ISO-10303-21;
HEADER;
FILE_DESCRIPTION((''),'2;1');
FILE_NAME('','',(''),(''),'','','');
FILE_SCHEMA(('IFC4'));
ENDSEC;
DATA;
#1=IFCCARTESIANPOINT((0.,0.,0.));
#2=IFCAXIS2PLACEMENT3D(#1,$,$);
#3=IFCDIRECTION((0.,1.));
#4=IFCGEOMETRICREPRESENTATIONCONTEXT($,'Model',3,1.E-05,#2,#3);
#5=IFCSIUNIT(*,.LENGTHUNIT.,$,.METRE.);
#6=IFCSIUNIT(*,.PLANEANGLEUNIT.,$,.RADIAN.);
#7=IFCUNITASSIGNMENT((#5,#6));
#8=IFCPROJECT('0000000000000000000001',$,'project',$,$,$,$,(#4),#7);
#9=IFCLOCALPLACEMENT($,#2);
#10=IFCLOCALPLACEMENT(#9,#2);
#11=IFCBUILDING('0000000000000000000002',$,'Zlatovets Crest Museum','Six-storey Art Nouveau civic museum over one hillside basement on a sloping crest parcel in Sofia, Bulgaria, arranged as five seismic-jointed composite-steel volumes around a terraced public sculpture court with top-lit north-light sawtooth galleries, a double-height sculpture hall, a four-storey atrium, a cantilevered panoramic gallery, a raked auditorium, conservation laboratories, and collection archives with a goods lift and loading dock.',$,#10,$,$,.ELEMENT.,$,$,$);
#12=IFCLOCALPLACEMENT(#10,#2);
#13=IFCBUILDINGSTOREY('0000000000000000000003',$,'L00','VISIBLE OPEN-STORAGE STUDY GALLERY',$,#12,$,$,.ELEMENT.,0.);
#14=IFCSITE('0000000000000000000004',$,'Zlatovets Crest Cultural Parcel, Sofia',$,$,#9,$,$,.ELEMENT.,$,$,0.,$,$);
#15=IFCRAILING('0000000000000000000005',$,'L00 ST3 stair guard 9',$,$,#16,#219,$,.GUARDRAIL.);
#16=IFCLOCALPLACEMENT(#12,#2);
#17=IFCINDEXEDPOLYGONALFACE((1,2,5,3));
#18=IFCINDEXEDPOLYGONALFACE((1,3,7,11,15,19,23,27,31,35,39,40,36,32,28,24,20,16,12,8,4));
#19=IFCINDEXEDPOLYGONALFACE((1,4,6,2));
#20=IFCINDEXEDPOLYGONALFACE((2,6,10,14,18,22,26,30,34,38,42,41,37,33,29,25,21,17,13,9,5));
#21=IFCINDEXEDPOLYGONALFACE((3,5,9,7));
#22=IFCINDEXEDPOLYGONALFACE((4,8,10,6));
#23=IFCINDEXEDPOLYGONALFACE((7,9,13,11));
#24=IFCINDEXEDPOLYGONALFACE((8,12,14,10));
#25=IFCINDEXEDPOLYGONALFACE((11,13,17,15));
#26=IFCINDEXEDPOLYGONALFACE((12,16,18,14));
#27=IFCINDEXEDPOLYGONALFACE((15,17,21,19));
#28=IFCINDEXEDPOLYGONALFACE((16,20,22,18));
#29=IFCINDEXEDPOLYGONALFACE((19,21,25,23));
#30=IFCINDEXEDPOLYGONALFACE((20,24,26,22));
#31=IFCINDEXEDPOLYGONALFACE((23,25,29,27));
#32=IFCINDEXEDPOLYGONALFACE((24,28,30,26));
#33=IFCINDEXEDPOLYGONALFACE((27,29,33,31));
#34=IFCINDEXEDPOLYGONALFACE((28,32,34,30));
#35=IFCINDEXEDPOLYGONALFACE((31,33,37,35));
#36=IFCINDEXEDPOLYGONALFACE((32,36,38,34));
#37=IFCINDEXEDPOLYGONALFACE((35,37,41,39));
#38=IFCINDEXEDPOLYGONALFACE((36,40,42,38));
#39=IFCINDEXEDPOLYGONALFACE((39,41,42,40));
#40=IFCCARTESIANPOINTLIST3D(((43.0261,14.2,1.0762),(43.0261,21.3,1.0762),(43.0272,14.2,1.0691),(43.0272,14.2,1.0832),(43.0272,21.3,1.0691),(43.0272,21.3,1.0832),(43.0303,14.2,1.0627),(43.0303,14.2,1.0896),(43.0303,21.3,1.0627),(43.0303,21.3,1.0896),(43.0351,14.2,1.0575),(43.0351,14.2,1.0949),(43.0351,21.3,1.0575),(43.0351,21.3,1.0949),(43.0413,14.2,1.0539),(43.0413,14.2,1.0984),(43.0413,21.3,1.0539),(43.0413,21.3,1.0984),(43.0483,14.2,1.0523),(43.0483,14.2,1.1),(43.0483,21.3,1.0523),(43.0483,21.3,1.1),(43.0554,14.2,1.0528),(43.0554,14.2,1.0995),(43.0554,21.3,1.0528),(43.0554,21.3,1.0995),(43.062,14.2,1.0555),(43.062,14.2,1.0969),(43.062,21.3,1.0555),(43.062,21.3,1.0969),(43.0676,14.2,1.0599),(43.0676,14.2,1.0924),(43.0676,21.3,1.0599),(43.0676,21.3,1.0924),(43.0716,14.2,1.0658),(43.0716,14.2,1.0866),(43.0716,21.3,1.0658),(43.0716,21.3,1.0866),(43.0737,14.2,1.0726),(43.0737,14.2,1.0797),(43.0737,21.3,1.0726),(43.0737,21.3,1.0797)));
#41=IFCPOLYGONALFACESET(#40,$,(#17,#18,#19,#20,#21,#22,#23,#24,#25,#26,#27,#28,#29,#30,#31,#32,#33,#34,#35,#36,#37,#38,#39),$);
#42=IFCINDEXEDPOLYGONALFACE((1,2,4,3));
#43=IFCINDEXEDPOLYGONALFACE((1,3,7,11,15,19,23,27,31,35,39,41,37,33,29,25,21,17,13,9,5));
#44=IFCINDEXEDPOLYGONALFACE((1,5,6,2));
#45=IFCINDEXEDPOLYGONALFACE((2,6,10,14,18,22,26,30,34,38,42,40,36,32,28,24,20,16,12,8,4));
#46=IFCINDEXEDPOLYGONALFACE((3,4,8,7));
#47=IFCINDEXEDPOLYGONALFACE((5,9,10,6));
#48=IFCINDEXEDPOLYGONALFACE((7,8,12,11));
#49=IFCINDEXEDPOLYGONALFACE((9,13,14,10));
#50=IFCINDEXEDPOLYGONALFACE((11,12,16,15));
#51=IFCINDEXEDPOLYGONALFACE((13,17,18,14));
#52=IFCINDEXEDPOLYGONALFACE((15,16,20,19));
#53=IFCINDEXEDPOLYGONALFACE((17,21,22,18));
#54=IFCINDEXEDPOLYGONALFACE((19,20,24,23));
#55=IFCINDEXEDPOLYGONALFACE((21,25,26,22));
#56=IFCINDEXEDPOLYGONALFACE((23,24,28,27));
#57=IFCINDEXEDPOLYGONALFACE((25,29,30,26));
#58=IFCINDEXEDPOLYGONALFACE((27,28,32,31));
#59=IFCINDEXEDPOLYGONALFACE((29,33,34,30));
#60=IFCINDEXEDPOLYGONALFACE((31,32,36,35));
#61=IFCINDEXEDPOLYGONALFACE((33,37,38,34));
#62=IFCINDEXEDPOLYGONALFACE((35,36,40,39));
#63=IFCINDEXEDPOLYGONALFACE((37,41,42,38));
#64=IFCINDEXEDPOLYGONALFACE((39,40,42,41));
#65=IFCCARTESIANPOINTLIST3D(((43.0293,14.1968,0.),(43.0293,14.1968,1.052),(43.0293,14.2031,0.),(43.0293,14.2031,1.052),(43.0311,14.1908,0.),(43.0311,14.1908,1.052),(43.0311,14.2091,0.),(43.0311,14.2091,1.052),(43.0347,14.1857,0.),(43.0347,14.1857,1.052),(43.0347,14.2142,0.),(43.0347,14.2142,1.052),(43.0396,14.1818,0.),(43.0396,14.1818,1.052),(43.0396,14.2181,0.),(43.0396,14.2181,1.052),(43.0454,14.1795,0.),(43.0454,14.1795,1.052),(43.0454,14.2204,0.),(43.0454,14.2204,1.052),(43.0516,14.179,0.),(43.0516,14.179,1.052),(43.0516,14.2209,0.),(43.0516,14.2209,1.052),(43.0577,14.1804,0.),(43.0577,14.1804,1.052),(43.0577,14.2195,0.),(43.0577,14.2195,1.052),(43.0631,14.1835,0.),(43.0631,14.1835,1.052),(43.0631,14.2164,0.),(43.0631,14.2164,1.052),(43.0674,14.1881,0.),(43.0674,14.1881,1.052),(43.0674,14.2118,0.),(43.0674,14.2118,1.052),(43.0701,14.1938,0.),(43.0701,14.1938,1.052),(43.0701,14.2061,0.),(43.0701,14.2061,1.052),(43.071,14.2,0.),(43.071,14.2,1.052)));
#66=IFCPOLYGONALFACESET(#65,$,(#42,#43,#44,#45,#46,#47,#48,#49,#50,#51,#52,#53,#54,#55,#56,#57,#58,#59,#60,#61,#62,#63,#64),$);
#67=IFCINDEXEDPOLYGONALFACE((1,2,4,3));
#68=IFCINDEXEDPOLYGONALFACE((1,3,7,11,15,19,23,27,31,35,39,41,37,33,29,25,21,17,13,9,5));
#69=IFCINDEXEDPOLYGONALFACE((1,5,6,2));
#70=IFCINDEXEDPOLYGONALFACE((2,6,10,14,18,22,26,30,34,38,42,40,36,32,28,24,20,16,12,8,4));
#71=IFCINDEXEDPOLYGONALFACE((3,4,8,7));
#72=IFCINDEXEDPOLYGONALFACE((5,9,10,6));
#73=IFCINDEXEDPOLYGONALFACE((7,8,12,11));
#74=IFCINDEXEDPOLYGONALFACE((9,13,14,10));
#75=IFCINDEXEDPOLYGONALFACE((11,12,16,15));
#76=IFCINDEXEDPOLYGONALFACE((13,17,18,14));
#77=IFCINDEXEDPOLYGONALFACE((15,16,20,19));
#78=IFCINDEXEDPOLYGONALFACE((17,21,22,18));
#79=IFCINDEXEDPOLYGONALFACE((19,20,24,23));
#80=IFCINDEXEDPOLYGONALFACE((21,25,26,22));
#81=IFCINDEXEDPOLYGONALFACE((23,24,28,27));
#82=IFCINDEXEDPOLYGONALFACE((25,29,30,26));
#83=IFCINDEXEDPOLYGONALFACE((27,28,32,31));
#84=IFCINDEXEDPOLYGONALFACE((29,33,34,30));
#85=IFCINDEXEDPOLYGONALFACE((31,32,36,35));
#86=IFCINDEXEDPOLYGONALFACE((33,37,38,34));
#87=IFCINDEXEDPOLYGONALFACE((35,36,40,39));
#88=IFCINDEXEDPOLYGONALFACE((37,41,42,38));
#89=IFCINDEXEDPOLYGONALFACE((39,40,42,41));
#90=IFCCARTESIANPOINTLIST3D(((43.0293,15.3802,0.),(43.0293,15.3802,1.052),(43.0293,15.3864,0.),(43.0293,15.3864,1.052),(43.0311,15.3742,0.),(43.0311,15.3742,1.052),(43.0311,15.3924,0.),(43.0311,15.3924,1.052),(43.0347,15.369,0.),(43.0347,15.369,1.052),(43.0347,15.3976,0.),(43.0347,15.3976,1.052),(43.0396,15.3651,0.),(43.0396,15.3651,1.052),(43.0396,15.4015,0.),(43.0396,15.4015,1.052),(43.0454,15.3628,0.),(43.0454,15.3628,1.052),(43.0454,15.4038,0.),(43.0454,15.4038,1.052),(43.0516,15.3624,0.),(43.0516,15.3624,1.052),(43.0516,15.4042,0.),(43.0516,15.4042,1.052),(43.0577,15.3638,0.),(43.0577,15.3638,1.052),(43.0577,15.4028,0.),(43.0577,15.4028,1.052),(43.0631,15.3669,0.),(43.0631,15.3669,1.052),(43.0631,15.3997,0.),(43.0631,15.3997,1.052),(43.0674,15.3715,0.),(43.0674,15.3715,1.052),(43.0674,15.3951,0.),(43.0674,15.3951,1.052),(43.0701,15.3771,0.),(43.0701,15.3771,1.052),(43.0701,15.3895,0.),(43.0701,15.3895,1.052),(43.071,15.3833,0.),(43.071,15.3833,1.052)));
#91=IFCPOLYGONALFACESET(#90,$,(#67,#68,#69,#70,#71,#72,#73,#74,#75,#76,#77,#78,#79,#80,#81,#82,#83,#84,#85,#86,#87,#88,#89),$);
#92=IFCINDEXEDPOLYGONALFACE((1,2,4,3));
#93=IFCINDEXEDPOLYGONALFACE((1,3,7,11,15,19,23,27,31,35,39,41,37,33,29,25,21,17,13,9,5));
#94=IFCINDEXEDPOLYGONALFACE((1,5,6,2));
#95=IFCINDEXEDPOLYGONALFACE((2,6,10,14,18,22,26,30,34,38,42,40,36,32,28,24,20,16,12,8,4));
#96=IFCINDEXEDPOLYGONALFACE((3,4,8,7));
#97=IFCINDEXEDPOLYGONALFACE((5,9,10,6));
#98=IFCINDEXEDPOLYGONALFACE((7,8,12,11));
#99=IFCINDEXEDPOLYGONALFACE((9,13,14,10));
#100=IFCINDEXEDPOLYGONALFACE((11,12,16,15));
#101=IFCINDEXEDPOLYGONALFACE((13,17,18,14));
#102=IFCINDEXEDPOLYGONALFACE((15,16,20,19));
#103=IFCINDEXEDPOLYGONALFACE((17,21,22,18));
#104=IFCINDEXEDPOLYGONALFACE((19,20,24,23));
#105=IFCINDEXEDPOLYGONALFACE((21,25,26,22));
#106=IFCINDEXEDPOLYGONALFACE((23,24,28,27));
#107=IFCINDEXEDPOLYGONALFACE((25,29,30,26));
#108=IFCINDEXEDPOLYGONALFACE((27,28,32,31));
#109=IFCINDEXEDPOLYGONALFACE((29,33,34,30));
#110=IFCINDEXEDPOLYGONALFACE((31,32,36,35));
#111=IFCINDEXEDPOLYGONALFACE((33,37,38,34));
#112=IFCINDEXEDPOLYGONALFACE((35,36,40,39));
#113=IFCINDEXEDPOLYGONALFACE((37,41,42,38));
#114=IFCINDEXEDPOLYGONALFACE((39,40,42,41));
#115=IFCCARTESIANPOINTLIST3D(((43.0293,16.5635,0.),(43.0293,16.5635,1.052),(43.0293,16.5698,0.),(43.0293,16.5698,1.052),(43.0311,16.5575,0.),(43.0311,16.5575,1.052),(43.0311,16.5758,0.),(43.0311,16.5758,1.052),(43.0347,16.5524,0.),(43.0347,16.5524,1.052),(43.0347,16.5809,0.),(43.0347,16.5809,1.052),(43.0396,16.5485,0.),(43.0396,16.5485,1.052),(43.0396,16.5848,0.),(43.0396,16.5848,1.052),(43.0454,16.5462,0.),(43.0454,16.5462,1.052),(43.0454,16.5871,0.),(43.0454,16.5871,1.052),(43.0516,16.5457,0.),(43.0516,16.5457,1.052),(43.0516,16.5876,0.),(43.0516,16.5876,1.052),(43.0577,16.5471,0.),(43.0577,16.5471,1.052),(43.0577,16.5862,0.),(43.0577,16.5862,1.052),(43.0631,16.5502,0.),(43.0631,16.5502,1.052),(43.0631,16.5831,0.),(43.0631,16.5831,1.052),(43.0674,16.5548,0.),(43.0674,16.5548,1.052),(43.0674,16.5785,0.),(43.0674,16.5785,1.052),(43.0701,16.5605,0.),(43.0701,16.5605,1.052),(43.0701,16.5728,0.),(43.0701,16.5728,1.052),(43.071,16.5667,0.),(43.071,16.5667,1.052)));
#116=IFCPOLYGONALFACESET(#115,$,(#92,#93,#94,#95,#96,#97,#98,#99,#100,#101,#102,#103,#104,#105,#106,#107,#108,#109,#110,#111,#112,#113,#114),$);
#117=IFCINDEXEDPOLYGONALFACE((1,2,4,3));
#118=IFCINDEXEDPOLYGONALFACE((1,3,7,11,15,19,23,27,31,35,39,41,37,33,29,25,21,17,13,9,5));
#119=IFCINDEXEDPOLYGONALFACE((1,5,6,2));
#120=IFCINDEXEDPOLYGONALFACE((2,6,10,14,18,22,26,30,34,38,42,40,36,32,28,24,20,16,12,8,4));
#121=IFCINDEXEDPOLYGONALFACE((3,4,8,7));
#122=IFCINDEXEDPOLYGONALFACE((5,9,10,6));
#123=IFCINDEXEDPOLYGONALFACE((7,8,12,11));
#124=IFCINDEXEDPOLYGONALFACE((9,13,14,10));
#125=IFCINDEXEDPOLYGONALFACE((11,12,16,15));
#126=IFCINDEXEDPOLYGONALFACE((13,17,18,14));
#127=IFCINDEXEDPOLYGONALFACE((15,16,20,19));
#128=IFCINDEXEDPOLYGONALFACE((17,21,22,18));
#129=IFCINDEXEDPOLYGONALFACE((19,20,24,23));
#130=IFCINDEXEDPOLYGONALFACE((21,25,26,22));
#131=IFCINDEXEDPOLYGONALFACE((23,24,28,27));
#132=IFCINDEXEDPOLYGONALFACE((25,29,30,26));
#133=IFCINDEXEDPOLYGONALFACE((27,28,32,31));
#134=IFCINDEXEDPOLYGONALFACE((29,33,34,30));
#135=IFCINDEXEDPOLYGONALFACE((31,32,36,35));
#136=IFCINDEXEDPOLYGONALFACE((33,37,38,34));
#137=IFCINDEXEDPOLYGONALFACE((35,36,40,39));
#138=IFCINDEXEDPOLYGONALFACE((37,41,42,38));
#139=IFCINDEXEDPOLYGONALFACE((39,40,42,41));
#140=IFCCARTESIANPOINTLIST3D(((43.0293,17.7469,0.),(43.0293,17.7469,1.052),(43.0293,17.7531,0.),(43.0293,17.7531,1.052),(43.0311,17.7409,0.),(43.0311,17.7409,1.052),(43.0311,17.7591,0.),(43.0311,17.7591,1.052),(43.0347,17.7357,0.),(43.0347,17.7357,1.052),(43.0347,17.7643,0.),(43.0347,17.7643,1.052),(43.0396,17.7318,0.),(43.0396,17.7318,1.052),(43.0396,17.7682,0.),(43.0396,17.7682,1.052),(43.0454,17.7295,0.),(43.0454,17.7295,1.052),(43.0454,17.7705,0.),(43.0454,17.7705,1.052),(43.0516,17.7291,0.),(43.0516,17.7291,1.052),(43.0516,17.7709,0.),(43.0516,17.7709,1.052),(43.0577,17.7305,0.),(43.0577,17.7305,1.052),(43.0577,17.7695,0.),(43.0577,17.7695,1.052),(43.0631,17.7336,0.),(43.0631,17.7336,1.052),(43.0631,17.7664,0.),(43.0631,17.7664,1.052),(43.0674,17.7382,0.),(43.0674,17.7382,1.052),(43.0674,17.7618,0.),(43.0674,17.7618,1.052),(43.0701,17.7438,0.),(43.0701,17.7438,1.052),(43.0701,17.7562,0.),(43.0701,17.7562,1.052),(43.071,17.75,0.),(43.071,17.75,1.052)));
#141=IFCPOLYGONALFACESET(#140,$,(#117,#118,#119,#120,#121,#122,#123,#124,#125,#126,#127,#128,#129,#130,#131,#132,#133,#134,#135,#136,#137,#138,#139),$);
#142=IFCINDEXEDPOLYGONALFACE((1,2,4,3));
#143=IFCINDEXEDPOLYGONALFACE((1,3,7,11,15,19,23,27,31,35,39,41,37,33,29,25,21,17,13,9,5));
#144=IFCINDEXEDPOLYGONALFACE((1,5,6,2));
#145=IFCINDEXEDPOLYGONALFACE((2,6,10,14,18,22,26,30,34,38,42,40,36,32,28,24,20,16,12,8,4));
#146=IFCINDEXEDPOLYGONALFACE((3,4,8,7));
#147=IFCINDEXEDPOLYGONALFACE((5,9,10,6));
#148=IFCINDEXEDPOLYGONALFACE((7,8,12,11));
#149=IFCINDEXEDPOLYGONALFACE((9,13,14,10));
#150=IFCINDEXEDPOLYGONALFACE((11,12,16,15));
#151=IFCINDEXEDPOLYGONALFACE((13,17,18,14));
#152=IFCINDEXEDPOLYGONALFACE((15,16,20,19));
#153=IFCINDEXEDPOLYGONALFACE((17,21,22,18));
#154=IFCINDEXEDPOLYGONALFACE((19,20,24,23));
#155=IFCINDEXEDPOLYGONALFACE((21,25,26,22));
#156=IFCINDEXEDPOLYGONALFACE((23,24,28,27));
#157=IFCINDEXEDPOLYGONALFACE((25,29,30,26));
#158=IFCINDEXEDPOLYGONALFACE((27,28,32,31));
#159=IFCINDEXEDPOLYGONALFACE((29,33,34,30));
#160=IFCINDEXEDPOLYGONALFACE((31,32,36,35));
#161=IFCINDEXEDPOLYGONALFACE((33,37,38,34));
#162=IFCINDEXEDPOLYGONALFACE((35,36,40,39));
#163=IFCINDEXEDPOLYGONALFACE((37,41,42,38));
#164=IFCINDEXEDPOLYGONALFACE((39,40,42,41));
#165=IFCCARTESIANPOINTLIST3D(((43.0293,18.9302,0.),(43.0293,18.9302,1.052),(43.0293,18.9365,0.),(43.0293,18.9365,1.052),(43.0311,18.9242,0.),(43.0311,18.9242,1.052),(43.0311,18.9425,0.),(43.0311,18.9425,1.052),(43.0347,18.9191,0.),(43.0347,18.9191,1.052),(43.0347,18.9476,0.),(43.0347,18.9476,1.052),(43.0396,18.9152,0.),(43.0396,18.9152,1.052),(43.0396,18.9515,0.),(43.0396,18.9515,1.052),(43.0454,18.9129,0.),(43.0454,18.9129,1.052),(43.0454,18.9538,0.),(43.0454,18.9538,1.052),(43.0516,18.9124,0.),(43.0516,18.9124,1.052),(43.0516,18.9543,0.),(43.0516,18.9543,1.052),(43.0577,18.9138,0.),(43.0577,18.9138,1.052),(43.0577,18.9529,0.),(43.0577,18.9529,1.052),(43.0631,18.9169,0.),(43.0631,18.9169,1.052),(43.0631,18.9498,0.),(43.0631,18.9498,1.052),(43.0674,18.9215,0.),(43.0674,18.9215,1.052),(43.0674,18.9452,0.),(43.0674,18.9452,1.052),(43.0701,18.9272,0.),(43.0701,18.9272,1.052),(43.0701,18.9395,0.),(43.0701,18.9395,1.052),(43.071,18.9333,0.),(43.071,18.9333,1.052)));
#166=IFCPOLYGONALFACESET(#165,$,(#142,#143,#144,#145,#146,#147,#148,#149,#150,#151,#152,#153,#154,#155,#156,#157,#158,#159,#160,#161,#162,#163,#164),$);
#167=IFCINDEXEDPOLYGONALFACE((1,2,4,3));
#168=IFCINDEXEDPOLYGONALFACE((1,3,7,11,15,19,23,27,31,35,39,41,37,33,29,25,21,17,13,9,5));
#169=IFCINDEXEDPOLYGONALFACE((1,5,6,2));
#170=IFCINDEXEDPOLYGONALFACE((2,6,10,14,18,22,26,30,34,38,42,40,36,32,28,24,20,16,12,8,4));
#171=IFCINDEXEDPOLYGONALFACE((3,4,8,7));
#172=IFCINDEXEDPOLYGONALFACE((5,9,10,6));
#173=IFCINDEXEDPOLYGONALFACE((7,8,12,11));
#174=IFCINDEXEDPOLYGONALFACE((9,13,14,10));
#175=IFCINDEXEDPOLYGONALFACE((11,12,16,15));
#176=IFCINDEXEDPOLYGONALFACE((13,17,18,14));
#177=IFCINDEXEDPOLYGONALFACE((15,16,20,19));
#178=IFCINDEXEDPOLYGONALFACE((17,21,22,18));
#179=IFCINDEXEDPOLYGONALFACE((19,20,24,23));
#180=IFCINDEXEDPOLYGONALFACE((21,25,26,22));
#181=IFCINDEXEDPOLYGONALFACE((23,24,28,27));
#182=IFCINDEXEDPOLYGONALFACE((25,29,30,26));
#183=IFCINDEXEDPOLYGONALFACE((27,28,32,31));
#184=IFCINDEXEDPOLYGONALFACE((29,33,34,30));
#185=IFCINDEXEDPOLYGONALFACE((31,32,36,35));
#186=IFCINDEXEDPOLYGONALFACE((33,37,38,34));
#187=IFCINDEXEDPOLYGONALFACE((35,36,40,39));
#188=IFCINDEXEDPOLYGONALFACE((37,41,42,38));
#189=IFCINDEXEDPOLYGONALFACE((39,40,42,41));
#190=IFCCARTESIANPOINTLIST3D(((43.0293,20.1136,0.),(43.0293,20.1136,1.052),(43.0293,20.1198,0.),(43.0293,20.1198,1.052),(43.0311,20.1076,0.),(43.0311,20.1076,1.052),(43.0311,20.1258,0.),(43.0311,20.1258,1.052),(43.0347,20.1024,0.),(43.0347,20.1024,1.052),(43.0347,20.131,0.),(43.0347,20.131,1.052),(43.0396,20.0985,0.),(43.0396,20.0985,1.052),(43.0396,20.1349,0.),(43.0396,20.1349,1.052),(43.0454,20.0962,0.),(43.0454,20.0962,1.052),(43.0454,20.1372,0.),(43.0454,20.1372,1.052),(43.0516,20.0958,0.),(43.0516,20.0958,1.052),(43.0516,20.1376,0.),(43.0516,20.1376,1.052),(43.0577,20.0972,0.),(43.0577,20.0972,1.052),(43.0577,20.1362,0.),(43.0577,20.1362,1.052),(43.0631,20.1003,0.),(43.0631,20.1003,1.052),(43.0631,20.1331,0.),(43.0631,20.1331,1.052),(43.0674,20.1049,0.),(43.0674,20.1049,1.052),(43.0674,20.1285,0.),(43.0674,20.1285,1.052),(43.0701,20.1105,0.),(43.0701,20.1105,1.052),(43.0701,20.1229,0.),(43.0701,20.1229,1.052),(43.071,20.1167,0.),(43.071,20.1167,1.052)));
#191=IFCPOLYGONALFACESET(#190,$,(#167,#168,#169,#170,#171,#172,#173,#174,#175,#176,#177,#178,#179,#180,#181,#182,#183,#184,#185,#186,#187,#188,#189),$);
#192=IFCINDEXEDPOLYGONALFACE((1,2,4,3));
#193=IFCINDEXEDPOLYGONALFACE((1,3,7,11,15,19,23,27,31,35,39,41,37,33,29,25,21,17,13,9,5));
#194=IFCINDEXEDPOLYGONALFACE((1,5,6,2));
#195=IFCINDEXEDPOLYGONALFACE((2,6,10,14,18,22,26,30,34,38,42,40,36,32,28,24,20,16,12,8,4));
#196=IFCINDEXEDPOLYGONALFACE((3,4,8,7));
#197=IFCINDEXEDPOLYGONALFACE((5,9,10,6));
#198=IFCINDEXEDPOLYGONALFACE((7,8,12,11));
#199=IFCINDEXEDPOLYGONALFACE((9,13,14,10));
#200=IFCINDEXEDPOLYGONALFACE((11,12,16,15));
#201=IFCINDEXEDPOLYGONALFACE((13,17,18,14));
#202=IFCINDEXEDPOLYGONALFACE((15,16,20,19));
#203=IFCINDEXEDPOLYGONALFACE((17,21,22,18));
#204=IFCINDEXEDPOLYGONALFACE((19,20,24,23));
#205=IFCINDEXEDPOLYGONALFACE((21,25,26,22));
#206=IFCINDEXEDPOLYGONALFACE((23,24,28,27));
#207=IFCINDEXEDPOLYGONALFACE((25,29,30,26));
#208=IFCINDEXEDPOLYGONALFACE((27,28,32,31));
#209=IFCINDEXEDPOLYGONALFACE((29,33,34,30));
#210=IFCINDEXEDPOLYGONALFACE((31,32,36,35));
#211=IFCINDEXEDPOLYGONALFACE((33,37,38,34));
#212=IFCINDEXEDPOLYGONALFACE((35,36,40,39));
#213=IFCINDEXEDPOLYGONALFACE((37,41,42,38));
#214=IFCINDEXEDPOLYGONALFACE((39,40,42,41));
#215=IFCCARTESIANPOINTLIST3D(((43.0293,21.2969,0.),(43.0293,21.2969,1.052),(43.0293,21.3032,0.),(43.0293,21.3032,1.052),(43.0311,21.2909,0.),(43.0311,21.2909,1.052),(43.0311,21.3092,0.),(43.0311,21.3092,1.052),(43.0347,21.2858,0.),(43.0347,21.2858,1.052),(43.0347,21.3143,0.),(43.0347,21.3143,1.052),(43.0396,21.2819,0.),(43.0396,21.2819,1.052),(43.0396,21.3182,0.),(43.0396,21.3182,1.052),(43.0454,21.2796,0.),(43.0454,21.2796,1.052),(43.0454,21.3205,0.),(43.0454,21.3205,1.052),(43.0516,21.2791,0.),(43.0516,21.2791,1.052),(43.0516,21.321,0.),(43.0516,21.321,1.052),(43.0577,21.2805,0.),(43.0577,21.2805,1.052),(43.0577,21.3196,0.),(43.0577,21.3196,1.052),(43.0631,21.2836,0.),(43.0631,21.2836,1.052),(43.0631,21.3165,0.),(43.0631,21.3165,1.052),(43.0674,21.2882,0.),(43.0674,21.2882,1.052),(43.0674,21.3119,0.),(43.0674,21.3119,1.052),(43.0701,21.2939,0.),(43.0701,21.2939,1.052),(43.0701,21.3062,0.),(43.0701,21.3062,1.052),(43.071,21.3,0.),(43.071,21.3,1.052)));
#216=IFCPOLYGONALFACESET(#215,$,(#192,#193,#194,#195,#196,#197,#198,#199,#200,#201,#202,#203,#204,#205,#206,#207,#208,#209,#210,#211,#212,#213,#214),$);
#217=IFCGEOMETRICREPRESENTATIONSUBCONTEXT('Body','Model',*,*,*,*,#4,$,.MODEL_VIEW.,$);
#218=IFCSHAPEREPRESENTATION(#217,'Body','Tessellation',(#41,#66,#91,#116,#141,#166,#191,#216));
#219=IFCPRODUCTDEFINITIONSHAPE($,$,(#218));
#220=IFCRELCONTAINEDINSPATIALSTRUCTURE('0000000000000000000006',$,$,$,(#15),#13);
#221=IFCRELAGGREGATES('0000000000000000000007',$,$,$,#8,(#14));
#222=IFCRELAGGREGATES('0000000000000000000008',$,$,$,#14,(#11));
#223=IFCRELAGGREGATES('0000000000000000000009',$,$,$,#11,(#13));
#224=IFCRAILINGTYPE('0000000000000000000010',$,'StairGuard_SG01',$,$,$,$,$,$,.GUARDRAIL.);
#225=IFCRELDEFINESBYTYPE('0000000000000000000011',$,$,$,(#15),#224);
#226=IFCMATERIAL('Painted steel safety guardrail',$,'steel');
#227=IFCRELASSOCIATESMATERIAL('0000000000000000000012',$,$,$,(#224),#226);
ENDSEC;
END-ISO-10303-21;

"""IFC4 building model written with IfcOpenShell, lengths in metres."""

from ifc_helpers import new_model, si_unit, direction, frame, origin, origin_2d, place, context, subcontext, project, spatial, circle, extrude, material, type_object, element, save


model = new_model("IFC4")

# Units and contexts
model_context = context("Model", 3, precision=1e-05, world=origin(), true_north=direction((0.0, 1.0)))
body_context = subcontext(model_context, "Body", "Model", "MODEL_VIEW")
ifc_project = project(units=[si_unit("LENGTHUNIT", "METRE"), si_unit("PLANEANGLEUNIT", "RADIAN")], contexts=[model_context])

# Site, building, storey
site_placement = place(None, origin())
site = spatial("IfcSite", under=ifc_project, at=site_placement, Name="Zlatovets Crest Cultural Parcel, Sofia", CompositionType="ELEMENT", RefElevation=0.0)
building_placement = place(site_placement, origin())
building = spatial("IfcBuilding", under=site, at=building_placement, Name="Zlatovets Crest Museum", Description="Six-storey Art Nouveau civic museum over one hillside basement on a sloping crest parcel in Sofia, Bulgaria, arranged as five seismic-jointed composite-steel volumes around a terraced public sculpture court with top-lit north-light sawtooth galleries, a double-height sculpture hall, a four-storey atrium, a cantilevered panoramic gallery, a raked auditorium, conservation laboratories, and collection archives with a goods lift and loading dock.", CompositionType="ELEMENT")
storey_placement = place(building_placement, origin())
storey = spatial("IfcBuildingStorey", under=building, at=storey_placement, Name="L00", Description="VISIBLE OPEN-STORAGE STUDY GALLERY", CompositionType="ELEMENT", Elevation=0.0)

# Railing
ifc_material_1 = material(Name="Painted steel safety guardrail", Category="steel")
railing_type = type_object("IfcRailingType", Name="StairGuard_SG01", PredefinedType="GUARDRAIL", material=ifc_material_1)
for number, where, name in (
    (1, (43.05, 14.2, 0.0), "L00 ST3 stair guard 9"),
):
    element("IfcRailing", number, at=place(storey_placement, frame(where)), inside=storey, type_object=railing_type, Name=name, PredefinedType="GUARDRAIL", context=body_context, shape_type="SweptSolid", body=[
        extrude(circle(Radius=0.0239, at=origin_2d()), frame((0.0, 0.0, 1.0762), z_axis=(0.0, 1.0, 0.0), x_axis=(-1.0, 0.0, 0.0)), (0.0, 0.0, 1.0), 7.1001),
        extrude(circle(Radius=0.021, at=origin_2d()), origin(), (0.0, 0.0, 1.0), 1.052),
        extrude(circle(Radius=0.021, at=origin_2d()), frame((0.0, 1.1833, 0.0)), (0.0, 0.0, 1.0), 1.052),
        extrude(circle(Radius=0.021, at=origin_2d()), frame((0.0, 2.3667, 0.0)), (0.0, 0.0, 1.0), 1.052),
        extrude(circle(Radius=0.021, at=origin_2d()), frame((0.0, 3.55, 0.0)), (0.0, 0.0, 1.0), 1.052),
        extrude(circle(Radius=0.021, at=origin_2d()), frame((0.0, 4.7334, 0.0)), (0.0, 0.0, 1.0), 1.052),
        extrude(circle(Radius=0.021, at=origin_2d()), frame((0.0, 5.9167, 0.0)), (0.0, 0.0, 1.0), 1.052),
        extrude(circle(Radius=0.021, at=origin_2d()), frame((0.0, 7.1001, 0.0)), (0.0, 0.0, 1.0), 1.052),
    ])

save(model, "model.ifc")
